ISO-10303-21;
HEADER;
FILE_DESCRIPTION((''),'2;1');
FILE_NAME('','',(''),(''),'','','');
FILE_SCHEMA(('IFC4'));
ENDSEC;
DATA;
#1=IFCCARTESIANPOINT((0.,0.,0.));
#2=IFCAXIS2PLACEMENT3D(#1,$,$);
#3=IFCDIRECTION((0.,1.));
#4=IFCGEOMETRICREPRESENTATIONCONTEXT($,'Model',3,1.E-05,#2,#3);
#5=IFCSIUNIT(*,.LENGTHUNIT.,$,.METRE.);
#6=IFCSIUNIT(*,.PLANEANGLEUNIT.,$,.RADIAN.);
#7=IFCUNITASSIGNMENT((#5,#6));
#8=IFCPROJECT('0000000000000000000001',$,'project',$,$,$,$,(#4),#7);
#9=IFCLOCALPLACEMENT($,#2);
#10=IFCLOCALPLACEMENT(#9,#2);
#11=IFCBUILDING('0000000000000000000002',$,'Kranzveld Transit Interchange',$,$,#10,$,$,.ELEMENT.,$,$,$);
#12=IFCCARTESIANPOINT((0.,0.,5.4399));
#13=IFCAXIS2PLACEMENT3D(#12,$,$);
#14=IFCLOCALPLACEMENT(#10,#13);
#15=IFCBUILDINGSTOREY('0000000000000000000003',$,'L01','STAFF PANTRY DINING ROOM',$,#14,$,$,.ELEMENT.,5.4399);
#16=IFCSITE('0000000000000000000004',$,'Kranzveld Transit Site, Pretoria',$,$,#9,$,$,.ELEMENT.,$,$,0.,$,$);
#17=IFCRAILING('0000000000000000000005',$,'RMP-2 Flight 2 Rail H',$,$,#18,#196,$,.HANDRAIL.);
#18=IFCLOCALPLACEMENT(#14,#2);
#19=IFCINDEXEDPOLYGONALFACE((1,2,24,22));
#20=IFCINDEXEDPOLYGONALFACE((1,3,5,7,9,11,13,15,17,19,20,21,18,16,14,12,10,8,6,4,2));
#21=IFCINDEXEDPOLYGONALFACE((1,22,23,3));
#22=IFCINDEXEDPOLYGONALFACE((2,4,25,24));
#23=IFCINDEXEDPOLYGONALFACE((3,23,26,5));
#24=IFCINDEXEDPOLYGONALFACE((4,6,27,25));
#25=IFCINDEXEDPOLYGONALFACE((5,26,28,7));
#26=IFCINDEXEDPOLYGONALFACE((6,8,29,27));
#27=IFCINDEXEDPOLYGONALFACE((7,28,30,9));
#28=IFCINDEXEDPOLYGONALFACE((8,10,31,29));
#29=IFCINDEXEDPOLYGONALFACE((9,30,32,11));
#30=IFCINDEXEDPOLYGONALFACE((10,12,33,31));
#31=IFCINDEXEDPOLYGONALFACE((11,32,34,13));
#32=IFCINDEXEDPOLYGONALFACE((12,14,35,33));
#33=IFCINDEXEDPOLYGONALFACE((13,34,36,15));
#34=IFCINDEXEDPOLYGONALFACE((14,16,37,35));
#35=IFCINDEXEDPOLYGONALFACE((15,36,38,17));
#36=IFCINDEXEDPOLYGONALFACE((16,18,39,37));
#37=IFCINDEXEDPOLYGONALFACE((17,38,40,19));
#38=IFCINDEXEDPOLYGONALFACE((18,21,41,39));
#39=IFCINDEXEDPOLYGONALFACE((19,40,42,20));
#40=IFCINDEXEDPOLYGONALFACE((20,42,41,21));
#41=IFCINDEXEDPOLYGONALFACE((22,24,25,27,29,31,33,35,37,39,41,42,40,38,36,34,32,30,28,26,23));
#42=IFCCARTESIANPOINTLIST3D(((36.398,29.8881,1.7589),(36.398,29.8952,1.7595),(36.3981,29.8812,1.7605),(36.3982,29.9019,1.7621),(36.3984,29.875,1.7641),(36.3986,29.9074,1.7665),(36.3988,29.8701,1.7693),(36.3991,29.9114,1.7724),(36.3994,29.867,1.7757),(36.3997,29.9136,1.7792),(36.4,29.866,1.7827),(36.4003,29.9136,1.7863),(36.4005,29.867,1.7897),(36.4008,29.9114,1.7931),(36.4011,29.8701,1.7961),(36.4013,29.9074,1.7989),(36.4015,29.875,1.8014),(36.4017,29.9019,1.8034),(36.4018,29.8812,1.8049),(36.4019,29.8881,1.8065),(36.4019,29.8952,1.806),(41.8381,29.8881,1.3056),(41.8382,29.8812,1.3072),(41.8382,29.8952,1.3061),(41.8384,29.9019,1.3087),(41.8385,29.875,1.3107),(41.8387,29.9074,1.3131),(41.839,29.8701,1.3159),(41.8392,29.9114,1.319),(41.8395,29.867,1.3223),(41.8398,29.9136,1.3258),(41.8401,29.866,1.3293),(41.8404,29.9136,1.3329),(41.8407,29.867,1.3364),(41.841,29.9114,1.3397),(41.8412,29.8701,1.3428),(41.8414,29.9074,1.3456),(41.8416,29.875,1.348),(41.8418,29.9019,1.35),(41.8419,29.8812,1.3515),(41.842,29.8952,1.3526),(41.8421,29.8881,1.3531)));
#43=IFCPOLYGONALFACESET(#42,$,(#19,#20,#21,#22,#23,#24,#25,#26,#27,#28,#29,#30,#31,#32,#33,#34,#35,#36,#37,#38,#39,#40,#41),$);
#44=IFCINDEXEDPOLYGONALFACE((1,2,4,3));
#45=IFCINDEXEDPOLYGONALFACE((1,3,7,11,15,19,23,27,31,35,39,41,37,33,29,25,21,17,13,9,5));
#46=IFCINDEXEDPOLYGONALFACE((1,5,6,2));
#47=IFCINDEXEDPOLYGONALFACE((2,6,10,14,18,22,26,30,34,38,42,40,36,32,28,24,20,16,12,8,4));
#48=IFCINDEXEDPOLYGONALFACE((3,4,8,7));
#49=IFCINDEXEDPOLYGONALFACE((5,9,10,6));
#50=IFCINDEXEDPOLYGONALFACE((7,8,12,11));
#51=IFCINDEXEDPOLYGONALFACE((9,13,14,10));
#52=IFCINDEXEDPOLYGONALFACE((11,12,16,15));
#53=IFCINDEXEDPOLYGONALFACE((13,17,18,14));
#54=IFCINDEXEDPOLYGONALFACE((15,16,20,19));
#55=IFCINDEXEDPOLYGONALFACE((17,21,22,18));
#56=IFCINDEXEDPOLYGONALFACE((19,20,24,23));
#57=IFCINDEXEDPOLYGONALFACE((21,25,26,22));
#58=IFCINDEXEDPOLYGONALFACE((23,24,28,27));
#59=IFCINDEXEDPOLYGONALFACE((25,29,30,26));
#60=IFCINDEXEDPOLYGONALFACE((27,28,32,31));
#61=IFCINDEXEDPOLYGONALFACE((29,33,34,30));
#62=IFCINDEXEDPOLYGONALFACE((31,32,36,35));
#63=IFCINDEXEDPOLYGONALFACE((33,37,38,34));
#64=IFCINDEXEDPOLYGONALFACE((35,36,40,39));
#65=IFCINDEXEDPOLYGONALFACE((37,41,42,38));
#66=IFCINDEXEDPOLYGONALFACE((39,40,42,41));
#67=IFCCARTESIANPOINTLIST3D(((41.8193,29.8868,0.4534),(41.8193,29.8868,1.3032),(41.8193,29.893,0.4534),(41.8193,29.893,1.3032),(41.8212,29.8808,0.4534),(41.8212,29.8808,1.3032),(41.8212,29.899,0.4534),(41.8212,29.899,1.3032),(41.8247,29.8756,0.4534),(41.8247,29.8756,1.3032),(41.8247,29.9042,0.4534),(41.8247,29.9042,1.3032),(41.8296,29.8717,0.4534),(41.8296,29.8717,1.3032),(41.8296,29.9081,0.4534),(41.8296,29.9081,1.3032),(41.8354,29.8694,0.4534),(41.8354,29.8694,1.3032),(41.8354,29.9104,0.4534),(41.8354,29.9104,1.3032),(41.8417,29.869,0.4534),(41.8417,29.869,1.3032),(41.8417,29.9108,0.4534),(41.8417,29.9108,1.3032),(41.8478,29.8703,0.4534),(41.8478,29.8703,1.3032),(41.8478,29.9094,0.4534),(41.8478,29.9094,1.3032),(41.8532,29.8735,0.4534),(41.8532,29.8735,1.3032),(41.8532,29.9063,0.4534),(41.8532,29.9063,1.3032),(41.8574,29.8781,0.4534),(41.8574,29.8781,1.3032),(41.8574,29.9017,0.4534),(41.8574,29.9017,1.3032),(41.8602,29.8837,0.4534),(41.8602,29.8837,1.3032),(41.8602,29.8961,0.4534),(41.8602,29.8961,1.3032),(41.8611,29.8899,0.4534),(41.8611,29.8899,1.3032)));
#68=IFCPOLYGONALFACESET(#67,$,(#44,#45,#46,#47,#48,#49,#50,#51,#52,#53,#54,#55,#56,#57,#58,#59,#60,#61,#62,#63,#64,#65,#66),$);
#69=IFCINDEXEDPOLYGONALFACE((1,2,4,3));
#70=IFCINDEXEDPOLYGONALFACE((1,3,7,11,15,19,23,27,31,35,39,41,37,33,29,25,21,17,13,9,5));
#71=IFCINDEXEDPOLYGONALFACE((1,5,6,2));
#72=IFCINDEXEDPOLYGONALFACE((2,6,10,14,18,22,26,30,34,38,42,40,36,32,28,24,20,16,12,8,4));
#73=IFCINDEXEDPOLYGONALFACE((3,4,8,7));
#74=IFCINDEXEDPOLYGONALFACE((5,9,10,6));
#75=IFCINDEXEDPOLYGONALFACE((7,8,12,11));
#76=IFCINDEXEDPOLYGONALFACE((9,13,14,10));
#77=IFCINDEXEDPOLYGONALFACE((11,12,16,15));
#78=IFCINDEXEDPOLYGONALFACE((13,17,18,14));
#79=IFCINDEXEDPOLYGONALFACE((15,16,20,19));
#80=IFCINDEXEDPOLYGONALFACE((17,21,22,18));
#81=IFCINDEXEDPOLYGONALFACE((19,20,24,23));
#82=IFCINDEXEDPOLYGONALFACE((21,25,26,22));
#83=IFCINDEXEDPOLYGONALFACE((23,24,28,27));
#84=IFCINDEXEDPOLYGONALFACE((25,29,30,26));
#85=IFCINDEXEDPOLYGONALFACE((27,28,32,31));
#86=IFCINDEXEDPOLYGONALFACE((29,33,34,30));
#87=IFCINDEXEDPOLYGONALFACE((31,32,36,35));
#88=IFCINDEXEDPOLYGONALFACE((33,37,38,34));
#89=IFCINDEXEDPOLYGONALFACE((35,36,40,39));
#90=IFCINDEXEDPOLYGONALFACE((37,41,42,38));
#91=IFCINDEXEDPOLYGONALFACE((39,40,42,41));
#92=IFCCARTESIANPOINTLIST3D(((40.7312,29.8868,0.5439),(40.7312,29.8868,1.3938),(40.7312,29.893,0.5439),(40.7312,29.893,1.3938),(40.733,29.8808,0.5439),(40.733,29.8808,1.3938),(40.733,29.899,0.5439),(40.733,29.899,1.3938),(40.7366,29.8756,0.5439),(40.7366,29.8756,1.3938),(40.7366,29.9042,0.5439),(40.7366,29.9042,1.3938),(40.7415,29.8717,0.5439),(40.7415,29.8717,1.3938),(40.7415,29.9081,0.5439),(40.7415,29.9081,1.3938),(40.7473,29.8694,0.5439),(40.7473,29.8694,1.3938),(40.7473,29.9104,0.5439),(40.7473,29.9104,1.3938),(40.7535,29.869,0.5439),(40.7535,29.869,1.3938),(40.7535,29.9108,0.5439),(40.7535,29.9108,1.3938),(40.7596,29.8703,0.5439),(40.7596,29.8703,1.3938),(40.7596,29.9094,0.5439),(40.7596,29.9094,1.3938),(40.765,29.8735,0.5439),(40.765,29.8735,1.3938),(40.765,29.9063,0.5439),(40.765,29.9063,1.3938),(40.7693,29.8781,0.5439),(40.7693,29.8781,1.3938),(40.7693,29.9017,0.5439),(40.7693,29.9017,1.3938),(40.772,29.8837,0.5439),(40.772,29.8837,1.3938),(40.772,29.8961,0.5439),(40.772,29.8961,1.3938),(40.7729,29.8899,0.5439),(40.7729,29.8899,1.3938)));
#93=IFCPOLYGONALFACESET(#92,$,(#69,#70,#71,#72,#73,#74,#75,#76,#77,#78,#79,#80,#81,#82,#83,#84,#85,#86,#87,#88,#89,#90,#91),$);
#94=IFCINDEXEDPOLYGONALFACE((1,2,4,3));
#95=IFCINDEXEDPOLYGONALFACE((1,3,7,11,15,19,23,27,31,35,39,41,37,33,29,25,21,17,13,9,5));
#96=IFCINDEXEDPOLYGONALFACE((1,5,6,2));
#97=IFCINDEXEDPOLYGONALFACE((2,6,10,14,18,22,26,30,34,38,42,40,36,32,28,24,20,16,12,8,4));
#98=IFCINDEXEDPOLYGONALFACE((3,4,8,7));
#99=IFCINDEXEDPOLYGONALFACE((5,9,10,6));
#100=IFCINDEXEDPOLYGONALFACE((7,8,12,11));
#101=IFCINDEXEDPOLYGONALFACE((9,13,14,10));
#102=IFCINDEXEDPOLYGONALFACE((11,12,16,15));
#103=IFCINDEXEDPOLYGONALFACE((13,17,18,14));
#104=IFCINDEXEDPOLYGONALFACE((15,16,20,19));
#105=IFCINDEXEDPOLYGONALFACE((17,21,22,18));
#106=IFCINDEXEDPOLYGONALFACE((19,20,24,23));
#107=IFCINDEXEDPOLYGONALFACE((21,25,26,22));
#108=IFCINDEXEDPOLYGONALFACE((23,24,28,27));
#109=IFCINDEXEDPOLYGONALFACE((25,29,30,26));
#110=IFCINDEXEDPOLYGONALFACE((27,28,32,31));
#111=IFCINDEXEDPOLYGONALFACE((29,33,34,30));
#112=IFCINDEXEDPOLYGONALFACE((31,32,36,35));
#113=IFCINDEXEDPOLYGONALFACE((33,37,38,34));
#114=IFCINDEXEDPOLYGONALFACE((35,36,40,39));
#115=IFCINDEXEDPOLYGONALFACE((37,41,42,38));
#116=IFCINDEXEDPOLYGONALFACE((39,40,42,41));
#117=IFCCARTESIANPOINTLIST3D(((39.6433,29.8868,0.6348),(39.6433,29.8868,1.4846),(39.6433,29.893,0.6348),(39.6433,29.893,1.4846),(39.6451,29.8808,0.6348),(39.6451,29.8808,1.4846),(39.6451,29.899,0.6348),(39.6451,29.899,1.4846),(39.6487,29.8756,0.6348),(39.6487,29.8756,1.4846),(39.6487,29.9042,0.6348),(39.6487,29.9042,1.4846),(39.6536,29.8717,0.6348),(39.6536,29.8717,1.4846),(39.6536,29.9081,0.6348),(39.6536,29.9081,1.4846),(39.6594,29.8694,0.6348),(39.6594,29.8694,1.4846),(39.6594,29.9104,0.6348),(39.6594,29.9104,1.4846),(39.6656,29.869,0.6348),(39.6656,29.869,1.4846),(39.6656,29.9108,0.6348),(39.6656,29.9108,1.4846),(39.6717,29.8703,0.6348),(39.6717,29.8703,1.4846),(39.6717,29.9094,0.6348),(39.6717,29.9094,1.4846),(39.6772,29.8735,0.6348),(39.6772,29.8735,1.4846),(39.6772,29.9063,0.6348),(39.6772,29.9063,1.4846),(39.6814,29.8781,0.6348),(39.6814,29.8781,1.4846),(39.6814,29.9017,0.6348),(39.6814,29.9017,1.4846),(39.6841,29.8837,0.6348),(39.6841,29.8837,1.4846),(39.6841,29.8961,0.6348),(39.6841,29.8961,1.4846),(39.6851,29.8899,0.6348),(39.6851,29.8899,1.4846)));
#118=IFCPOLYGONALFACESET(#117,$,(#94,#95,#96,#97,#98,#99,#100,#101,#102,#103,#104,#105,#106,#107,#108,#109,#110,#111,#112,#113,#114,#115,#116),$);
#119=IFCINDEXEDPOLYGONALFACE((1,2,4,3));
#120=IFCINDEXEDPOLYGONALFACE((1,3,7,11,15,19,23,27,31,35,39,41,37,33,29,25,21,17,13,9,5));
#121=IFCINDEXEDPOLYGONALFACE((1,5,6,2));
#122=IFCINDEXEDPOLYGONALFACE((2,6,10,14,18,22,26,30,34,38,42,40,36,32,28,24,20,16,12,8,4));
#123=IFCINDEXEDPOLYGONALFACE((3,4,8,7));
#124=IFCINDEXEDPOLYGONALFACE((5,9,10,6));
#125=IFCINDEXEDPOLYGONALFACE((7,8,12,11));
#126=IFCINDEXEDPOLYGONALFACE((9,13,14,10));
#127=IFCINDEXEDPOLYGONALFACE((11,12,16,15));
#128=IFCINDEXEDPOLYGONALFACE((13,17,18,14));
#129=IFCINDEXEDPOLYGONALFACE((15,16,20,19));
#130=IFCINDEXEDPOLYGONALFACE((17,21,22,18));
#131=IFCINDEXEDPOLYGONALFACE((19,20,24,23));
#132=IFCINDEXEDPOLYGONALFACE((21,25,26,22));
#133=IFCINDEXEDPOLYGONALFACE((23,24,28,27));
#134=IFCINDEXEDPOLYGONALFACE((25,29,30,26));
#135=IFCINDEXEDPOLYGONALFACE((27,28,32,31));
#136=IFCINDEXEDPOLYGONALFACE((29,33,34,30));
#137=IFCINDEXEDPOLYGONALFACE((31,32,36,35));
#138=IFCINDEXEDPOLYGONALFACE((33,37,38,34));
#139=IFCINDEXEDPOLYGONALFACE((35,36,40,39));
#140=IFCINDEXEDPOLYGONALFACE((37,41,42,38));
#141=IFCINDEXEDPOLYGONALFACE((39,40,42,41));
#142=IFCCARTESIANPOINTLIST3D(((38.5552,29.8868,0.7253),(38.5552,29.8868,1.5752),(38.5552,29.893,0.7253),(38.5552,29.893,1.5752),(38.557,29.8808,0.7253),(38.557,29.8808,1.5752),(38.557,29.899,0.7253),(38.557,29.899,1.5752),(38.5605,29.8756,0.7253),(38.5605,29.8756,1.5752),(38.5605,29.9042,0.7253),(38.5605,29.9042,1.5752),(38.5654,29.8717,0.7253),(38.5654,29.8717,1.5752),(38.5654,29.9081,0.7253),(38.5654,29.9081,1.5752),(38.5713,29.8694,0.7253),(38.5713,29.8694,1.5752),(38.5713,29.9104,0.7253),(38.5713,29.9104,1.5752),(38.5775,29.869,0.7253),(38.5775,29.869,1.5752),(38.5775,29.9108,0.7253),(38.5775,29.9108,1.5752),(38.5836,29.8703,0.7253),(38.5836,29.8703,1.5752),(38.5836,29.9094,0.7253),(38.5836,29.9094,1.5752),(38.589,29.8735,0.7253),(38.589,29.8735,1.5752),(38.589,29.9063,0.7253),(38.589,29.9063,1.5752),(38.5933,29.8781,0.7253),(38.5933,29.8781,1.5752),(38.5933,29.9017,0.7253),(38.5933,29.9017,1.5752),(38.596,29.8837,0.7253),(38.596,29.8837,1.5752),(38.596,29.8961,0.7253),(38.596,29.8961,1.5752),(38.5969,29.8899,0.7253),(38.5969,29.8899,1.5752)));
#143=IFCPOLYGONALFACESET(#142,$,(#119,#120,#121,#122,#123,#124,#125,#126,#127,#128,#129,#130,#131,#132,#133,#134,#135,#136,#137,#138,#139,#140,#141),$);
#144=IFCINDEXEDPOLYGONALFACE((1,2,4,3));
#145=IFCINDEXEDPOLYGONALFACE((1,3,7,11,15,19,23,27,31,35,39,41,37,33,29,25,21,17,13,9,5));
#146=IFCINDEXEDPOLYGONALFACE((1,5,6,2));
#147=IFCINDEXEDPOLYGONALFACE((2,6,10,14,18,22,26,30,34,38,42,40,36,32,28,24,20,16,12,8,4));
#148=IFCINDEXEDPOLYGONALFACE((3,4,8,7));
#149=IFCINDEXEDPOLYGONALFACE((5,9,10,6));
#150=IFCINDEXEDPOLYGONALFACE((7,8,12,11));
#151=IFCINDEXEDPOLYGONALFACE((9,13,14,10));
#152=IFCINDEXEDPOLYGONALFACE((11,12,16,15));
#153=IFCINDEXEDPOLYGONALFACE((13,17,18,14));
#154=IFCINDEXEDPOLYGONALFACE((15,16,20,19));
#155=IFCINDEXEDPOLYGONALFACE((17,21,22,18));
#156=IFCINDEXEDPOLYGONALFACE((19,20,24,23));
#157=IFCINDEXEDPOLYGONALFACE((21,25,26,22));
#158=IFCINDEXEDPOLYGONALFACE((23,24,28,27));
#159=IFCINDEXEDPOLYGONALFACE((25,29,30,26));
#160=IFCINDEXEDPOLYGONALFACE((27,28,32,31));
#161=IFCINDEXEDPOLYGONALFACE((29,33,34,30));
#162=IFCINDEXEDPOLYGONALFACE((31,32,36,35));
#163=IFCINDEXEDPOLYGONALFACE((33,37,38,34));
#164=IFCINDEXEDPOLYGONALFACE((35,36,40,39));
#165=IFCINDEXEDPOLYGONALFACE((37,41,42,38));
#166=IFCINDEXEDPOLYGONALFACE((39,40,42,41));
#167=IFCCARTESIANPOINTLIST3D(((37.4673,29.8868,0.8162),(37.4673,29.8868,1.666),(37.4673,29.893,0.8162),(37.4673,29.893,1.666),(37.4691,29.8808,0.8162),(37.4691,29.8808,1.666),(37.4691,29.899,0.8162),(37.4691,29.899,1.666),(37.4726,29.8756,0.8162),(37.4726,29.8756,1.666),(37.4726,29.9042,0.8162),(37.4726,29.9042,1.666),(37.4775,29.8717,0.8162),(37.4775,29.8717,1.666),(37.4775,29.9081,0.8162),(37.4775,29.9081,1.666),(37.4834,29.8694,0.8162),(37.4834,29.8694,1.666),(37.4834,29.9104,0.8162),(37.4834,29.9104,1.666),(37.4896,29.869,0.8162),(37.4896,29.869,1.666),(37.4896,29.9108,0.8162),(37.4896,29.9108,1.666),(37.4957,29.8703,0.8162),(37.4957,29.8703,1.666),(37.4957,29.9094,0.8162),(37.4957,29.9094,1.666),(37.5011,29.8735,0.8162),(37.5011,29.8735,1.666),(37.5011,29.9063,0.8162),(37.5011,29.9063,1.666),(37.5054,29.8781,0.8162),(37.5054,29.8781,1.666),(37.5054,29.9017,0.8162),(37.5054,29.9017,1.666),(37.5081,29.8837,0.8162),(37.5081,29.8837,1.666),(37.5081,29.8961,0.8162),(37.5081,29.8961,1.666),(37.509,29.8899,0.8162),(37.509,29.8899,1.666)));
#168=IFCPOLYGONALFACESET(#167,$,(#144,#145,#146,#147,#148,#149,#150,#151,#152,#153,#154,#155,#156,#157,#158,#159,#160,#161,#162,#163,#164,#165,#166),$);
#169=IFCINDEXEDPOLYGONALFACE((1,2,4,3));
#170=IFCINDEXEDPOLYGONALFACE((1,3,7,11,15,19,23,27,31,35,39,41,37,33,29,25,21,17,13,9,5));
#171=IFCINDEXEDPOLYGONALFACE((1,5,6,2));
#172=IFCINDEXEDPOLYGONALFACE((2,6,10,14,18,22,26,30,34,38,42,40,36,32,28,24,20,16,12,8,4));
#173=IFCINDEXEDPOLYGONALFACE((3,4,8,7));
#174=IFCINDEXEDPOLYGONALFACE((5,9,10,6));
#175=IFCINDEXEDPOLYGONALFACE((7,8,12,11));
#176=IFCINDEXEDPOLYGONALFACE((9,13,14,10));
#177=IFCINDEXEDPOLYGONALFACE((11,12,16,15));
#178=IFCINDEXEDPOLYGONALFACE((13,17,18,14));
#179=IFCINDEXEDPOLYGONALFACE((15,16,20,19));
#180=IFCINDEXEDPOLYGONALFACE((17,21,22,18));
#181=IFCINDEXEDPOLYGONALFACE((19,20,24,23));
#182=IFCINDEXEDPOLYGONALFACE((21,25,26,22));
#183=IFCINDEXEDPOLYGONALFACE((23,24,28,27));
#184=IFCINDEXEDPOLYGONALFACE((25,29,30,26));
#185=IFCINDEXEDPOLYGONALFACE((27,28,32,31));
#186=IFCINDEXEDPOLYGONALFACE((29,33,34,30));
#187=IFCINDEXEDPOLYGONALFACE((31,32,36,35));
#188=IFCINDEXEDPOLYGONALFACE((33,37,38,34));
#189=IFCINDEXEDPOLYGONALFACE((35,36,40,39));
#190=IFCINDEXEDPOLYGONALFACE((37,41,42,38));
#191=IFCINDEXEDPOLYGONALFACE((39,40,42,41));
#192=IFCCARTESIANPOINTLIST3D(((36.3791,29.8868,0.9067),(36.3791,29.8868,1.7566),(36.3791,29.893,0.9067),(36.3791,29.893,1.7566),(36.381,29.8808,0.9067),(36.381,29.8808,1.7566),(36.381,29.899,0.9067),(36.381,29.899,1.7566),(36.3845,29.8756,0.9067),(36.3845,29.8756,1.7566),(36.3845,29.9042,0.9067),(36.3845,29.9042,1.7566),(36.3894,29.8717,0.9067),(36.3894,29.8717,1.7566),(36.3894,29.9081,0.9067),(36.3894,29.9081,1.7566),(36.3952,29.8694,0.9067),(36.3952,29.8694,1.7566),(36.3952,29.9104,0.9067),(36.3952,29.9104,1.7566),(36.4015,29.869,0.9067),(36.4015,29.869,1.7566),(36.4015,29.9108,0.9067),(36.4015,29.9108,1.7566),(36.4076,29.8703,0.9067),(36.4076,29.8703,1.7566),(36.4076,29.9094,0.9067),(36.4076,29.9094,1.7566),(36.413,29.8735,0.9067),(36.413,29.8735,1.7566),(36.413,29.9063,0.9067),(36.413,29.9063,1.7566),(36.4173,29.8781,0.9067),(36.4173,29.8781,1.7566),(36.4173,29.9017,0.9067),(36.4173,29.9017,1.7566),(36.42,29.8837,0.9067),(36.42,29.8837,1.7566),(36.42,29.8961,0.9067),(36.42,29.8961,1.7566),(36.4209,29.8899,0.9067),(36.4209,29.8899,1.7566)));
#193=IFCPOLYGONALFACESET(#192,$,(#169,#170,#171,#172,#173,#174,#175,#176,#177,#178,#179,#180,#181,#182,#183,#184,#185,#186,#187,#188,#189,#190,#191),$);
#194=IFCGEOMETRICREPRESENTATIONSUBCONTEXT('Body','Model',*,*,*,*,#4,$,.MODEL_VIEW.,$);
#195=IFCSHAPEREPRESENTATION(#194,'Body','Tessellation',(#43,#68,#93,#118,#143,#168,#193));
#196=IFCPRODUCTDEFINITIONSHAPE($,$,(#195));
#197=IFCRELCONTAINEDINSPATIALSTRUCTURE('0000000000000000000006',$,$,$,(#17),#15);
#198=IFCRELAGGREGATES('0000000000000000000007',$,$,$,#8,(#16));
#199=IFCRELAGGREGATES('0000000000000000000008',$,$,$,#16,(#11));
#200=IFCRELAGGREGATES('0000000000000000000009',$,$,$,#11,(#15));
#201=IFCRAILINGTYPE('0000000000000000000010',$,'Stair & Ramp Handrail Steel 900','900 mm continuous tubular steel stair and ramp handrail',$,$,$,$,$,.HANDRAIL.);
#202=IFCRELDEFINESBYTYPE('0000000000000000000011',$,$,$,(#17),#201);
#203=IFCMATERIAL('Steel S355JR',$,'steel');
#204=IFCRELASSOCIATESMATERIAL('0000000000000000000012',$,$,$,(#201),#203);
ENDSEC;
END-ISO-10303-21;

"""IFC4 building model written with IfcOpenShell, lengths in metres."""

from ifc_helpers import new_model, si_unit, direction, frame, origin, origin_2d, place, context, subcontext, project, spatial, circle, extrude, material, type_object, element, save


model = new_model("IFC4")

# Units and contexts
model_context = context("Model", 3, precision=1e-05, world=origin(), true_north=direction((0.0, 1.0)))
body_context = subcontext(model_context, "Body", "Model", "MODEL_VIEW")
ifc_project = project(units=[si_unit("LENGTHUNIT", "METRE"), si_unit("PLANEANGLEUNIT", "RADIAN")], contexts=[model_context])

# Site, building, storey
site_placement = place(None, origin())
site = spatial("IfcSite", under=ifc_project, at=site_placement, Name="Kranzveld Transit Site, Pretoria", CompositionType="ELEMENT", RefElevation=0.0)
building_placement = place(site_placement, origin())
building = spatial("IfcBuilding", under=site, at=building_placement, Name="Kranzveld Transit Interchange", CompositionType="ELEMENT")
storey_placement = place(building_placement, frame((0.0, 0.0, 5.4399)))
storey = spatial("IfcBuildingStorey", under=building, at=storey_placement, Name="L01", Description="STAFF PANTRY DINING ROOM", CompositionType="ELEMENT", Elevation=5.4399)

# Railing
ifc_material_1 = material(Name="Steel S355JR", Category="steel")
railing_type_1 = type_object("IfcRailingType", Name="Stair & Ramp Handrail Steel 900", Description="900 mm continuous tubular steel stair and ramp handrail", PredefinedType="HANDRAIL", material=ifc_material_1)
for number, where, name in (
    (1, (41.8401, 29.8899, 0.4534), "RMP-2 Flight 2 Rail H"),
):
    element("IfcRailing", number, at=place(storey_placement, frame(where)), inside=storey, type_object=railing_type_1, Name=name, PredefinedType="HANDRAIL", context=body_context, shape_type="SweptSolid", body=[
        extrude(circle(Radius=0.0239, at=origin_2d()), frame((0.0, 0.0, 0.876), z_axis=(-0.996545, 0.0, 0.083049), x_axis=(0.0, -1.0, 0.0)), (0.0, 0.0, 1.0), 5.459),
        extrude(circle(Radius=0.021, at=origin_2d()), origin(), (0.0, 0.0, 1.0), 0.8499),
        extrude(circle(Radius=0.021, at=origin_2d()), frame((-1.0881, 0.0, 0.0906)), (0.0, 0.0, 1.0), 0.8499),
        extrude(circle(Radius=0.021, at=origin_2d()), frame((-2.176, 0.0, 0.1814)), (0.0, 0.0, 1.0), 0.8499),
        extrude(circle(Radius=0.021, at=origin_2d()), frame((-3.2642, 0.0, 0.272)), (0.0, 0.0, 1.0), 0.8499),
        extrude(circle(Radius=0.021, at=origin_2d()), frame((-4.3521, 0.0, 0.3628)), (0.0, 0.0, 1.0), 0.8499),
        extrude(circle(Radius=0.021, at=origin_2d()), frame((-5.4402, 0.0, 0.4534)), (0.0, 0.0, 1.0), 0.8499),
    ])

save(model, "model.ifc")
